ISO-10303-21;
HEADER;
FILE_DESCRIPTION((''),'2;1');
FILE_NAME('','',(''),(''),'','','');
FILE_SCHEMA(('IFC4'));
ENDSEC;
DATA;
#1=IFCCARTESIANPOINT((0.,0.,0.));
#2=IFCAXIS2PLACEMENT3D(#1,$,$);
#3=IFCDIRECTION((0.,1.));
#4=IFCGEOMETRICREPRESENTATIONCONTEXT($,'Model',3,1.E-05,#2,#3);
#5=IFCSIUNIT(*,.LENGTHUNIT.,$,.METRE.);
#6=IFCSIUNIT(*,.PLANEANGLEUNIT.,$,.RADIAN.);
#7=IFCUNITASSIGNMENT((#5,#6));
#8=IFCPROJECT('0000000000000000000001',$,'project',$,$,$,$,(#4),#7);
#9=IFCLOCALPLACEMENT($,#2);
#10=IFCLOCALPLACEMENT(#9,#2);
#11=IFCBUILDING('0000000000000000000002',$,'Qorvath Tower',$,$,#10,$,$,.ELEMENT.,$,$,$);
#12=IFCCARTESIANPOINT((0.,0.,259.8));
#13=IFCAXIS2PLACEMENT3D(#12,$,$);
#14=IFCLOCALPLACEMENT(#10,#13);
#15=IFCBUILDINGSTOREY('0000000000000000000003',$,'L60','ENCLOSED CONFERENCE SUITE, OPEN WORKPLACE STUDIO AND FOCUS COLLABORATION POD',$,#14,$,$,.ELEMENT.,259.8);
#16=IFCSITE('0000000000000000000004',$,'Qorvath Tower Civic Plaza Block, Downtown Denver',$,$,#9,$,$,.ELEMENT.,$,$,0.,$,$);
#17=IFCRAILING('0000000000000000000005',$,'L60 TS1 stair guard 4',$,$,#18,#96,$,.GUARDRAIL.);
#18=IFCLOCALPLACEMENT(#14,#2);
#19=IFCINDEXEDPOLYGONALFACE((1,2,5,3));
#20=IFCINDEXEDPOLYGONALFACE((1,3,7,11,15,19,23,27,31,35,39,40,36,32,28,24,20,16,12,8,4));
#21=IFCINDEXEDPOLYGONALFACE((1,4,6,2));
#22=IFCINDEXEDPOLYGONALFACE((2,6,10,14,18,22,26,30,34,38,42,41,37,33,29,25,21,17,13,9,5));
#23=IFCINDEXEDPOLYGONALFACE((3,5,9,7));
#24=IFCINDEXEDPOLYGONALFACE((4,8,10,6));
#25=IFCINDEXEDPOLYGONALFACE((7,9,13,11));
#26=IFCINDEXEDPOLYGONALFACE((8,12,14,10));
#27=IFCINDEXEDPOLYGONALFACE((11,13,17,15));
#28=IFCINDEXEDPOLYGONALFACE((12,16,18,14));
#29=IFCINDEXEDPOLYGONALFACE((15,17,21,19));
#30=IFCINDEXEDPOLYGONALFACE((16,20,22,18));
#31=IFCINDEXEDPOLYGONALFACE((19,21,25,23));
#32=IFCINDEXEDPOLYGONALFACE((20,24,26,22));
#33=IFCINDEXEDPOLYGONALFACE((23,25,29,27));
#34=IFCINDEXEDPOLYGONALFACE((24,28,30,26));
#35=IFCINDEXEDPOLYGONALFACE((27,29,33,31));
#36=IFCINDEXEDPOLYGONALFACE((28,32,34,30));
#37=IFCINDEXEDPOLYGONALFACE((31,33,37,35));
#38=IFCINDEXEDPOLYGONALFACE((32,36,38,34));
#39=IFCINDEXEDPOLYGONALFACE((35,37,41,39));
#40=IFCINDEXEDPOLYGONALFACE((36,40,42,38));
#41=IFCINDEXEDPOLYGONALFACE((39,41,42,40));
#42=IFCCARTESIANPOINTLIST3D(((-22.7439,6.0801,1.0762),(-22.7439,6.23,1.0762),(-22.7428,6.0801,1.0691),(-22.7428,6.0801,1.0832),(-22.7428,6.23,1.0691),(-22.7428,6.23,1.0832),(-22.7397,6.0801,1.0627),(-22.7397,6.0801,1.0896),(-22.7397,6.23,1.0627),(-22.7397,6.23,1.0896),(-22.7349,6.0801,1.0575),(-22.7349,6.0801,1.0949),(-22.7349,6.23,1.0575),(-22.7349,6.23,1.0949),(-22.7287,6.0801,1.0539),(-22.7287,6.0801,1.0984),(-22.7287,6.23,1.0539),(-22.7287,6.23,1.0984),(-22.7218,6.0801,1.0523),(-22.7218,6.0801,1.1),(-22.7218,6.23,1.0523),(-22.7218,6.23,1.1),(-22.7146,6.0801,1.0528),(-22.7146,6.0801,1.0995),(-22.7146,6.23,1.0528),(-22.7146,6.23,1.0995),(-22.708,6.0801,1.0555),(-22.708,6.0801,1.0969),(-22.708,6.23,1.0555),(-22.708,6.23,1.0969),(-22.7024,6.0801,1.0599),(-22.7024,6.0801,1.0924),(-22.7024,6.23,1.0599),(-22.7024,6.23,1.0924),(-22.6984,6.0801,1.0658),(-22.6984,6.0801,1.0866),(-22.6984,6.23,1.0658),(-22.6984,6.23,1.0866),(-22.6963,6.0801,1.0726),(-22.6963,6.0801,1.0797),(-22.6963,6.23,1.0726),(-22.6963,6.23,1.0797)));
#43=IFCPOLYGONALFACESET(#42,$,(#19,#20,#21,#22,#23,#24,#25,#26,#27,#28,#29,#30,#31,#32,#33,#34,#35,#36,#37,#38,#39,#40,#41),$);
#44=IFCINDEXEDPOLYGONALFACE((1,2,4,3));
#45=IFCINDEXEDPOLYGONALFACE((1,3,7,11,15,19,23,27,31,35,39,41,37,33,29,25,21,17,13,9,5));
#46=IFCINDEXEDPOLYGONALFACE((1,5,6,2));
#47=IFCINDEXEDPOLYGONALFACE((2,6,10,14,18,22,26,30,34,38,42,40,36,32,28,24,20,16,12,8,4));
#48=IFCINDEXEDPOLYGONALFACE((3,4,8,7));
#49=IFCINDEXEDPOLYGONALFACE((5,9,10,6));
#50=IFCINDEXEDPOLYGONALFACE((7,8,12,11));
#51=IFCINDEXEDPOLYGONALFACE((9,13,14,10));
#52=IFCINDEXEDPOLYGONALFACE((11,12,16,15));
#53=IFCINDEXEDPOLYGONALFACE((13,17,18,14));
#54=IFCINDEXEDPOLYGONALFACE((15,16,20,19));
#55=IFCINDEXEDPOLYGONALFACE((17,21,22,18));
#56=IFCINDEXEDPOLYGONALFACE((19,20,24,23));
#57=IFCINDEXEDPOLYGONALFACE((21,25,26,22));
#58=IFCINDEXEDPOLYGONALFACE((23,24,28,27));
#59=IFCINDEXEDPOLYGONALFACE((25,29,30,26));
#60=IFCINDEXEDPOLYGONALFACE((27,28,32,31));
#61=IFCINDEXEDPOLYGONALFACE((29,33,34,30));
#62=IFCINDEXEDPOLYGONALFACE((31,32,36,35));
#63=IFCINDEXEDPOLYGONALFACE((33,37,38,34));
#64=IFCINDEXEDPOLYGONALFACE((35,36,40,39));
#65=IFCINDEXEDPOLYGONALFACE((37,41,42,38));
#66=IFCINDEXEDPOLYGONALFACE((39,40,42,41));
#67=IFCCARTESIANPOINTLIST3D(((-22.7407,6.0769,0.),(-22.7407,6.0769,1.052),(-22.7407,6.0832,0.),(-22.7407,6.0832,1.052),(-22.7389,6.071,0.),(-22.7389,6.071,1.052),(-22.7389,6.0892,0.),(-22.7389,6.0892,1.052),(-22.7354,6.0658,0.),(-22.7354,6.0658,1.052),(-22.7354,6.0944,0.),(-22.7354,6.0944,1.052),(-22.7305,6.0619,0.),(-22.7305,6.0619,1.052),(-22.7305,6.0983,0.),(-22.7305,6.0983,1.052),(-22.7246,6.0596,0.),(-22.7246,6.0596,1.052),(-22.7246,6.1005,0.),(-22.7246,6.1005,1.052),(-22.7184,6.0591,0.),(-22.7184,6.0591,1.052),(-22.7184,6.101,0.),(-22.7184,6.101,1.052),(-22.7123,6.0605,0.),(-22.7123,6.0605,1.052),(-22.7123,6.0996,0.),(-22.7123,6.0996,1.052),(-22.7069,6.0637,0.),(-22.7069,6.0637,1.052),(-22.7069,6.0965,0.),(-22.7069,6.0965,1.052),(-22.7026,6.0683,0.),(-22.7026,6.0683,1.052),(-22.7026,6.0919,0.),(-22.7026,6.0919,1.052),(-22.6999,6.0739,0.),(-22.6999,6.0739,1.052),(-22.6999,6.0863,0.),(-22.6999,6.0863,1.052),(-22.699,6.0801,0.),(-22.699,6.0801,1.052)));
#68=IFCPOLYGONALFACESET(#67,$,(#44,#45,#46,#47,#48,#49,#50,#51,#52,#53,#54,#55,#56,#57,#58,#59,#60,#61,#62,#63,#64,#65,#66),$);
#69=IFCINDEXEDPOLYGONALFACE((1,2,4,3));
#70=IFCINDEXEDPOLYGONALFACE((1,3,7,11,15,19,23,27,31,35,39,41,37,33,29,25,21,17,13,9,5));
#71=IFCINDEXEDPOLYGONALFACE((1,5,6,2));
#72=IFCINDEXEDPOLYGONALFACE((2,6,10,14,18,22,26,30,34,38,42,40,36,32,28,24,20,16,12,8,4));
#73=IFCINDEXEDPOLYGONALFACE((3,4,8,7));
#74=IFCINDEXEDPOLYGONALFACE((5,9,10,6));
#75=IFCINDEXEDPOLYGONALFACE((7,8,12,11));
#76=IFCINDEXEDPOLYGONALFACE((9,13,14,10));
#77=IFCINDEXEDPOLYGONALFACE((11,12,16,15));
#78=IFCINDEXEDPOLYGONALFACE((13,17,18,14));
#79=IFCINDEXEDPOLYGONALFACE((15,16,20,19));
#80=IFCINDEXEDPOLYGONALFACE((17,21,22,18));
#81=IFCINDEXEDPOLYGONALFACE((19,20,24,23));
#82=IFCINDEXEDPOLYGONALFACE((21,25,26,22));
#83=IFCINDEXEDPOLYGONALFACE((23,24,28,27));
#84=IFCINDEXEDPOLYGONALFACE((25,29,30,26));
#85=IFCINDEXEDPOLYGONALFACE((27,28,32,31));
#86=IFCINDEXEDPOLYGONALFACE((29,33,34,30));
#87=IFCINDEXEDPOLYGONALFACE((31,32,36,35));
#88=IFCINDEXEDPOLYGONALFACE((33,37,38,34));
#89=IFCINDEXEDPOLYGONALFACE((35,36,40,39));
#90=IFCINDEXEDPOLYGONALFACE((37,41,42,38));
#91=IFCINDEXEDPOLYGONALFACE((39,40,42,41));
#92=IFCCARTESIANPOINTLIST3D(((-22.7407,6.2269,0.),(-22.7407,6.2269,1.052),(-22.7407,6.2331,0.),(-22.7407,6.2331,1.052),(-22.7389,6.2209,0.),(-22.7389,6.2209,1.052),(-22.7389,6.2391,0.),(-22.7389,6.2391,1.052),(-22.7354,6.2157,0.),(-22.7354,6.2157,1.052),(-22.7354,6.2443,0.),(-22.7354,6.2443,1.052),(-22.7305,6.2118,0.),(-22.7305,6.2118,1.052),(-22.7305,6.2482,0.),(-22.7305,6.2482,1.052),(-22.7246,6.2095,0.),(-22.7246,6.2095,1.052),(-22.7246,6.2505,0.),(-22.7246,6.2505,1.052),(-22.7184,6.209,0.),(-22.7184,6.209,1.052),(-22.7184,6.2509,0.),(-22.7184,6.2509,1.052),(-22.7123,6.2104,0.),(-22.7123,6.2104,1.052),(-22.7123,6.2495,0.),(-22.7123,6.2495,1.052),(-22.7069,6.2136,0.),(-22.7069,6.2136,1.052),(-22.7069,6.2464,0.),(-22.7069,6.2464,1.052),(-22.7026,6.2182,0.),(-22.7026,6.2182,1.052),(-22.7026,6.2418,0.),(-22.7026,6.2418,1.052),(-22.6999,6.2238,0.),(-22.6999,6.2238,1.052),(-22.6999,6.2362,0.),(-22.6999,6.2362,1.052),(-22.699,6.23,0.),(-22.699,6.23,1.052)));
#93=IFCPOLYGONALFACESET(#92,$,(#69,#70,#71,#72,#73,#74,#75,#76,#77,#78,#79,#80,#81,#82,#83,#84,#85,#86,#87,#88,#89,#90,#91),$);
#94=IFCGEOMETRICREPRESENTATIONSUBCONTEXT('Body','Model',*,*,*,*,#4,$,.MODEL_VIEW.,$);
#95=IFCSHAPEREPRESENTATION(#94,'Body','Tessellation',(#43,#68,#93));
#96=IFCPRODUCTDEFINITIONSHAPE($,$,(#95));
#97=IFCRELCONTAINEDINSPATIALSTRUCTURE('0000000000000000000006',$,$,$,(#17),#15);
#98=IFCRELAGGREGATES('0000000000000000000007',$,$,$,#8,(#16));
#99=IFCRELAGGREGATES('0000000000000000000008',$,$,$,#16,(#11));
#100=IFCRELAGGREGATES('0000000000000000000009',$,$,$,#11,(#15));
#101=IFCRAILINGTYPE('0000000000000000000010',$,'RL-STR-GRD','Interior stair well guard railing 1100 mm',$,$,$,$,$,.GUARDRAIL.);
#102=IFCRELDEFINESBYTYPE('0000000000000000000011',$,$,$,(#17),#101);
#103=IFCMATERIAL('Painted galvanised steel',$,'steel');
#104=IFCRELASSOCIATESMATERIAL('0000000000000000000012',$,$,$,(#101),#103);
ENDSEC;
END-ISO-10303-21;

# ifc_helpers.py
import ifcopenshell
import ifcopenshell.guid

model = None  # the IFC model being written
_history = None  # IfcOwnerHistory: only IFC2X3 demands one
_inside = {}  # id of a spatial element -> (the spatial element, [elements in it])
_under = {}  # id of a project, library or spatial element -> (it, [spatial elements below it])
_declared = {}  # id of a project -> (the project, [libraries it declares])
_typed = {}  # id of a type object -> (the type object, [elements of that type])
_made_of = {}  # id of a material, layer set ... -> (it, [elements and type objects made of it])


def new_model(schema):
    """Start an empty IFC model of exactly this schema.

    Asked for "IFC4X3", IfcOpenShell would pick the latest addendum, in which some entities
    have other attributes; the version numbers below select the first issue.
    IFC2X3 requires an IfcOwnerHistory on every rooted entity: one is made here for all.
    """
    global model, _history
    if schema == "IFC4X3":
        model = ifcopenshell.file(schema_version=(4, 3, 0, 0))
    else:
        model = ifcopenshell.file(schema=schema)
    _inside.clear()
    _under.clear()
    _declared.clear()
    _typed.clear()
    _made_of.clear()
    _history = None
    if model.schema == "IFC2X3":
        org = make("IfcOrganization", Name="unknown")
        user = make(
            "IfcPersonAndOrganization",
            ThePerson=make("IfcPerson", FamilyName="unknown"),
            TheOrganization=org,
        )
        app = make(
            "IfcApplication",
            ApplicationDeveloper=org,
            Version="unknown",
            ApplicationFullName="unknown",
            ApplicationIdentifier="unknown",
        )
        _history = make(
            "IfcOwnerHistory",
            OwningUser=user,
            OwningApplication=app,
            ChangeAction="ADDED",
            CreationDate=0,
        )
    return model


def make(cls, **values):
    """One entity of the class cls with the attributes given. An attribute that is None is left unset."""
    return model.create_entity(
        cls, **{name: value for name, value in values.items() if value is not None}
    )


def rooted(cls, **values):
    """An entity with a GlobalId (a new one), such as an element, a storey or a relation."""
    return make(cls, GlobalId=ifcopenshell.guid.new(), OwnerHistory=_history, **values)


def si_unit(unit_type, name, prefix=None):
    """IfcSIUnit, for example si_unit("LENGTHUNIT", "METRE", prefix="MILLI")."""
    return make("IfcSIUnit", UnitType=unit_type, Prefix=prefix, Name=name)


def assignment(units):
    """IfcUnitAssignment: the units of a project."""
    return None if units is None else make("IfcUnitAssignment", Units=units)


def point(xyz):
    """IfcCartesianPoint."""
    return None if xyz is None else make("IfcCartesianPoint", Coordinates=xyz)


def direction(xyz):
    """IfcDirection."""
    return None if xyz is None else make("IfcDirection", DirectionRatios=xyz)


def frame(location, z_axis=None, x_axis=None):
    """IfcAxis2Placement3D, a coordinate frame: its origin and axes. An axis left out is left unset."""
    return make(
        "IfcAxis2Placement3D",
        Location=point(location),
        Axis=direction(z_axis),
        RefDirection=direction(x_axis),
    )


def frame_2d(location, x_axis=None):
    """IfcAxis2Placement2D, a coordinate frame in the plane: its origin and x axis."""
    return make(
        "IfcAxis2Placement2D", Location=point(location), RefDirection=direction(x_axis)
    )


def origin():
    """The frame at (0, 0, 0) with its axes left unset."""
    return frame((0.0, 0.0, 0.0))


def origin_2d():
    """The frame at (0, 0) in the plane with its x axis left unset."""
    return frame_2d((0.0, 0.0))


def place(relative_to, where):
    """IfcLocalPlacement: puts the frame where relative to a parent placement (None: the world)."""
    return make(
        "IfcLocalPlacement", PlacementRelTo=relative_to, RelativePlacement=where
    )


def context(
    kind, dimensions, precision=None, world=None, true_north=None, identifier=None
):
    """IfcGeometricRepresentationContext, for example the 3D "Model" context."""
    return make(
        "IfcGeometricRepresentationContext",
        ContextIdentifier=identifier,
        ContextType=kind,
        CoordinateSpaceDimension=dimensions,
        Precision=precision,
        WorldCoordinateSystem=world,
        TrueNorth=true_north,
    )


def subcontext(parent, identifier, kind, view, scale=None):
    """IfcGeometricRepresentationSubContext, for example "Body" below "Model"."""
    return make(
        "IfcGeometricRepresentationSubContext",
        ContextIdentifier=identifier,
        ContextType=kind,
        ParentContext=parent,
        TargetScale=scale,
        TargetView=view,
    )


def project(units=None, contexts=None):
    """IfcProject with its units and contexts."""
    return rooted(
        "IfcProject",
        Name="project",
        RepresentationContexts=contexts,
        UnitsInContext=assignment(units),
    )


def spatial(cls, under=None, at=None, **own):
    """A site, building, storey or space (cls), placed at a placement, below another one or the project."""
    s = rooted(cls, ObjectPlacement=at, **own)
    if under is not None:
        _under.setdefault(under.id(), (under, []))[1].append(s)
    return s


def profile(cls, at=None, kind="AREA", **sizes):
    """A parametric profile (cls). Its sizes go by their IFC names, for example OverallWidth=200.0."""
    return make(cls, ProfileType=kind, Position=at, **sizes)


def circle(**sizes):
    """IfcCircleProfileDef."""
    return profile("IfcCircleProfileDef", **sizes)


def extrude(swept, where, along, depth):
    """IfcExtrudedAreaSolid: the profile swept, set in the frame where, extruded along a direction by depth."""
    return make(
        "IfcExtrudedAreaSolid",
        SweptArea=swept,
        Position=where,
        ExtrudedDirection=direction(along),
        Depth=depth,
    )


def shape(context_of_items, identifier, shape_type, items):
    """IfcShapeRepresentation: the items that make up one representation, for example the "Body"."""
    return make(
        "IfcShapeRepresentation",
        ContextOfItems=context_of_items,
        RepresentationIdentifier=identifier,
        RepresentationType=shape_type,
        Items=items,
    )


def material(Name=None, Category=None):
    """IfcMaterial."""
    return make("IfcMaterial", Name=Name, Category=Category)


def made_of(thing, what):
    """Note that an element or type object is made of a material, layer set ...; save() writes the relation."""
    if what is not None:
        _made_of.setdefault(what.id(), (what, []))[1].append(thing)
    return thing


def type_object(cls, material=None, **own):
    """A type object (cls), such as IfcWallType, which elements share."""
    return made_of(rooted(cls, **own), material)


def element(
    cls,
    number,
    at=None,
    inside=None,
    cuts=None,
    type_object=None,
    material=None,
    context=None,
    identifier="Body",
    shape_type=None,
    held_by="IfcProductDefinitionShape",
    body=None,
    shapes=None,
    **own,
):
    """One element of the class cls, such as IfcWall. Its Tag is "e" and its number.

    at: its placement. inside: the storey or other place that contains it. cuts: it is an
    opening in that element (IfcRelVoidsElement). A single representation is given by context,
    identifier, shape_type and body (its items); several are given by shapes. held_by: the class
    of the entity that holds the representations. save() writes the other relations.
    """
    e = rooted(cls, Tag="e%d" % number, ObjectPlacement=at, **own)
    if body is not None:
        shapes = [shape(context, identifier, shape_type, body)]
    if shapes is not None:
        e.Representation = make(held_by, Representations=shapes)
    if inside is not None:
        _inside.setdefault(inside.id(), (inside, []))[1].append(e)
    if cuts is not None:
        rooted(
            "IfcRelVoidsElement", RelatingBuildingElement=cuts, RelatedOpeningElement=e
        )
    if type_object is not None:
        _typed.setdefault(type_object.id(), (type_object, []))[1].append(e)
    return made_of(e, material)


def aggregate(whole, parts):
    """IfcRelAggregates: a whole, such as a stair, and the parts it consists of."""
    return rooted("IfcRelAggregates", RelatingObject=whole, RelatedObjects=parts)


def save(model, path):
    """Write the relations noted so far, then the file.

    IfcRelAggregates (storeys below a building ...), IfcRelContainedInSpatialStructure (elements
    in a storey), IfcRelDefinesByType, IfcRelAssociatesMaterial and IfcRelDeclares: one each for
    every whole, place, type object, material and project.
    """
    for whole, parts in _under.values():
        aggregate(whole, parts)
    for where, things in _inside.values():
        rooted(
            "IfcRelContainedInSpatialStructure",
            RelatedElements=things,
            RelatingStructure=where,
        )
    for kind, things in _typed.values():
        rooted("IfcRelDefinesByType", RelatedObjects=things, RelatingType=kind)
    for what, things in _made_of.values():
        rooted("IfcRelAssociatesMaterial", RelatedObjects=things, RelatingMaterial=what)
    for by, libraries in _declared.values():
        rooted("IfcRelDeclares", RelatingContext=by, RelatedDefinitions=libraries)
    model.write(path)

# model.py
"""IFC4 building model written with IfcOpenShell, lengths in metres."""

from ifc_helpers import new_model, si_unit, direction, frame, origin, origin_2d, place, context, subcontext, project, spatial, circle, extrude, material, type_object, element, save


model = new_model("IFC4")

# Units and contexts
model_context = context("Model", 3, precision=1e-05, world=origin(), true_north=direction((0.0, 1.0)))
body_context = subcontext(model_context, "Body", "Model", "MODEL_VIEW")
ifc_project = project(units=[si_unit("LENGTHUNIT", "METRE"), si_unit("PLANEANGLEUNIT", "RADIAN")], contexts=[model_context])

# Site, building, storey
site_placement = place(None, origin())
site = spatial("IfcSite", under=ifc_project, at=site_placement, Name="Qorvath Tower Civic Plaza Block, Downtown Denver", CompositionType="ELEMENT", RefElevation=0.0)
building_placement = place(site_placement, origin())
building = spatial("IfcBuilding", under=site, at=building_placement, Name="Qorvath Tower", CompositionType="ELEMENT")
storey_placement = place(building_placement, frame((0.0, 0.0, 259.8)))
storey = spatial("IfcBuildingStorey", under=building, at=storey_placement, Name="L60", Description="ENCLOSED CONFERENCE SUITE, OPEN WORKPLACE STUDIO AND FOCUS COLLABORATION POD", CompositionType="ELEMENT", Elevation=259.8)

# Railing
ifc_material_1 = material(Name="Painted galvanised steel", Category="steel")
railing_type_1 = type_object("IfcRailingType", Name="RL-STR-GRD", Description="Interior stair well guard railing 1100 mm", PredefinedType="GUARDRAIL", material=ifc_material_1)
railing_1_placement = place(storey_placement, frame((-22.72, 6.0801, 0.0)))
element("IfcRailing", 1, at=railing_1_placement, inside=storey, type_object=railing_type_1, Name="L60 TS1 stair guard 4", PredefinedType="GUARDRAIL", context=body_context, shape_type="SweptSolid", body=[
    extrude(circle(Radius=0.0239, at=origin_2d()), frame((0.0, 0.0, 1.0762), z_axis=(0.0, 1.0, 0.0), x_axis=(-1.0, 0.0, 0.0)), (0.0, 0.0, 1.0), 0.1499),
    extrude(circle(Radius=0.021, at=origin_2d()), origin(), (0.0, 0.0, 1.0), 1.052),
    extrude(circle(Radius=0.021, at=origin_2d()), frame((0.0, 0.1499, 0.0)), (0.0, 0.0, 1.0), 1.052),
])

save(model, "model.ifc")
